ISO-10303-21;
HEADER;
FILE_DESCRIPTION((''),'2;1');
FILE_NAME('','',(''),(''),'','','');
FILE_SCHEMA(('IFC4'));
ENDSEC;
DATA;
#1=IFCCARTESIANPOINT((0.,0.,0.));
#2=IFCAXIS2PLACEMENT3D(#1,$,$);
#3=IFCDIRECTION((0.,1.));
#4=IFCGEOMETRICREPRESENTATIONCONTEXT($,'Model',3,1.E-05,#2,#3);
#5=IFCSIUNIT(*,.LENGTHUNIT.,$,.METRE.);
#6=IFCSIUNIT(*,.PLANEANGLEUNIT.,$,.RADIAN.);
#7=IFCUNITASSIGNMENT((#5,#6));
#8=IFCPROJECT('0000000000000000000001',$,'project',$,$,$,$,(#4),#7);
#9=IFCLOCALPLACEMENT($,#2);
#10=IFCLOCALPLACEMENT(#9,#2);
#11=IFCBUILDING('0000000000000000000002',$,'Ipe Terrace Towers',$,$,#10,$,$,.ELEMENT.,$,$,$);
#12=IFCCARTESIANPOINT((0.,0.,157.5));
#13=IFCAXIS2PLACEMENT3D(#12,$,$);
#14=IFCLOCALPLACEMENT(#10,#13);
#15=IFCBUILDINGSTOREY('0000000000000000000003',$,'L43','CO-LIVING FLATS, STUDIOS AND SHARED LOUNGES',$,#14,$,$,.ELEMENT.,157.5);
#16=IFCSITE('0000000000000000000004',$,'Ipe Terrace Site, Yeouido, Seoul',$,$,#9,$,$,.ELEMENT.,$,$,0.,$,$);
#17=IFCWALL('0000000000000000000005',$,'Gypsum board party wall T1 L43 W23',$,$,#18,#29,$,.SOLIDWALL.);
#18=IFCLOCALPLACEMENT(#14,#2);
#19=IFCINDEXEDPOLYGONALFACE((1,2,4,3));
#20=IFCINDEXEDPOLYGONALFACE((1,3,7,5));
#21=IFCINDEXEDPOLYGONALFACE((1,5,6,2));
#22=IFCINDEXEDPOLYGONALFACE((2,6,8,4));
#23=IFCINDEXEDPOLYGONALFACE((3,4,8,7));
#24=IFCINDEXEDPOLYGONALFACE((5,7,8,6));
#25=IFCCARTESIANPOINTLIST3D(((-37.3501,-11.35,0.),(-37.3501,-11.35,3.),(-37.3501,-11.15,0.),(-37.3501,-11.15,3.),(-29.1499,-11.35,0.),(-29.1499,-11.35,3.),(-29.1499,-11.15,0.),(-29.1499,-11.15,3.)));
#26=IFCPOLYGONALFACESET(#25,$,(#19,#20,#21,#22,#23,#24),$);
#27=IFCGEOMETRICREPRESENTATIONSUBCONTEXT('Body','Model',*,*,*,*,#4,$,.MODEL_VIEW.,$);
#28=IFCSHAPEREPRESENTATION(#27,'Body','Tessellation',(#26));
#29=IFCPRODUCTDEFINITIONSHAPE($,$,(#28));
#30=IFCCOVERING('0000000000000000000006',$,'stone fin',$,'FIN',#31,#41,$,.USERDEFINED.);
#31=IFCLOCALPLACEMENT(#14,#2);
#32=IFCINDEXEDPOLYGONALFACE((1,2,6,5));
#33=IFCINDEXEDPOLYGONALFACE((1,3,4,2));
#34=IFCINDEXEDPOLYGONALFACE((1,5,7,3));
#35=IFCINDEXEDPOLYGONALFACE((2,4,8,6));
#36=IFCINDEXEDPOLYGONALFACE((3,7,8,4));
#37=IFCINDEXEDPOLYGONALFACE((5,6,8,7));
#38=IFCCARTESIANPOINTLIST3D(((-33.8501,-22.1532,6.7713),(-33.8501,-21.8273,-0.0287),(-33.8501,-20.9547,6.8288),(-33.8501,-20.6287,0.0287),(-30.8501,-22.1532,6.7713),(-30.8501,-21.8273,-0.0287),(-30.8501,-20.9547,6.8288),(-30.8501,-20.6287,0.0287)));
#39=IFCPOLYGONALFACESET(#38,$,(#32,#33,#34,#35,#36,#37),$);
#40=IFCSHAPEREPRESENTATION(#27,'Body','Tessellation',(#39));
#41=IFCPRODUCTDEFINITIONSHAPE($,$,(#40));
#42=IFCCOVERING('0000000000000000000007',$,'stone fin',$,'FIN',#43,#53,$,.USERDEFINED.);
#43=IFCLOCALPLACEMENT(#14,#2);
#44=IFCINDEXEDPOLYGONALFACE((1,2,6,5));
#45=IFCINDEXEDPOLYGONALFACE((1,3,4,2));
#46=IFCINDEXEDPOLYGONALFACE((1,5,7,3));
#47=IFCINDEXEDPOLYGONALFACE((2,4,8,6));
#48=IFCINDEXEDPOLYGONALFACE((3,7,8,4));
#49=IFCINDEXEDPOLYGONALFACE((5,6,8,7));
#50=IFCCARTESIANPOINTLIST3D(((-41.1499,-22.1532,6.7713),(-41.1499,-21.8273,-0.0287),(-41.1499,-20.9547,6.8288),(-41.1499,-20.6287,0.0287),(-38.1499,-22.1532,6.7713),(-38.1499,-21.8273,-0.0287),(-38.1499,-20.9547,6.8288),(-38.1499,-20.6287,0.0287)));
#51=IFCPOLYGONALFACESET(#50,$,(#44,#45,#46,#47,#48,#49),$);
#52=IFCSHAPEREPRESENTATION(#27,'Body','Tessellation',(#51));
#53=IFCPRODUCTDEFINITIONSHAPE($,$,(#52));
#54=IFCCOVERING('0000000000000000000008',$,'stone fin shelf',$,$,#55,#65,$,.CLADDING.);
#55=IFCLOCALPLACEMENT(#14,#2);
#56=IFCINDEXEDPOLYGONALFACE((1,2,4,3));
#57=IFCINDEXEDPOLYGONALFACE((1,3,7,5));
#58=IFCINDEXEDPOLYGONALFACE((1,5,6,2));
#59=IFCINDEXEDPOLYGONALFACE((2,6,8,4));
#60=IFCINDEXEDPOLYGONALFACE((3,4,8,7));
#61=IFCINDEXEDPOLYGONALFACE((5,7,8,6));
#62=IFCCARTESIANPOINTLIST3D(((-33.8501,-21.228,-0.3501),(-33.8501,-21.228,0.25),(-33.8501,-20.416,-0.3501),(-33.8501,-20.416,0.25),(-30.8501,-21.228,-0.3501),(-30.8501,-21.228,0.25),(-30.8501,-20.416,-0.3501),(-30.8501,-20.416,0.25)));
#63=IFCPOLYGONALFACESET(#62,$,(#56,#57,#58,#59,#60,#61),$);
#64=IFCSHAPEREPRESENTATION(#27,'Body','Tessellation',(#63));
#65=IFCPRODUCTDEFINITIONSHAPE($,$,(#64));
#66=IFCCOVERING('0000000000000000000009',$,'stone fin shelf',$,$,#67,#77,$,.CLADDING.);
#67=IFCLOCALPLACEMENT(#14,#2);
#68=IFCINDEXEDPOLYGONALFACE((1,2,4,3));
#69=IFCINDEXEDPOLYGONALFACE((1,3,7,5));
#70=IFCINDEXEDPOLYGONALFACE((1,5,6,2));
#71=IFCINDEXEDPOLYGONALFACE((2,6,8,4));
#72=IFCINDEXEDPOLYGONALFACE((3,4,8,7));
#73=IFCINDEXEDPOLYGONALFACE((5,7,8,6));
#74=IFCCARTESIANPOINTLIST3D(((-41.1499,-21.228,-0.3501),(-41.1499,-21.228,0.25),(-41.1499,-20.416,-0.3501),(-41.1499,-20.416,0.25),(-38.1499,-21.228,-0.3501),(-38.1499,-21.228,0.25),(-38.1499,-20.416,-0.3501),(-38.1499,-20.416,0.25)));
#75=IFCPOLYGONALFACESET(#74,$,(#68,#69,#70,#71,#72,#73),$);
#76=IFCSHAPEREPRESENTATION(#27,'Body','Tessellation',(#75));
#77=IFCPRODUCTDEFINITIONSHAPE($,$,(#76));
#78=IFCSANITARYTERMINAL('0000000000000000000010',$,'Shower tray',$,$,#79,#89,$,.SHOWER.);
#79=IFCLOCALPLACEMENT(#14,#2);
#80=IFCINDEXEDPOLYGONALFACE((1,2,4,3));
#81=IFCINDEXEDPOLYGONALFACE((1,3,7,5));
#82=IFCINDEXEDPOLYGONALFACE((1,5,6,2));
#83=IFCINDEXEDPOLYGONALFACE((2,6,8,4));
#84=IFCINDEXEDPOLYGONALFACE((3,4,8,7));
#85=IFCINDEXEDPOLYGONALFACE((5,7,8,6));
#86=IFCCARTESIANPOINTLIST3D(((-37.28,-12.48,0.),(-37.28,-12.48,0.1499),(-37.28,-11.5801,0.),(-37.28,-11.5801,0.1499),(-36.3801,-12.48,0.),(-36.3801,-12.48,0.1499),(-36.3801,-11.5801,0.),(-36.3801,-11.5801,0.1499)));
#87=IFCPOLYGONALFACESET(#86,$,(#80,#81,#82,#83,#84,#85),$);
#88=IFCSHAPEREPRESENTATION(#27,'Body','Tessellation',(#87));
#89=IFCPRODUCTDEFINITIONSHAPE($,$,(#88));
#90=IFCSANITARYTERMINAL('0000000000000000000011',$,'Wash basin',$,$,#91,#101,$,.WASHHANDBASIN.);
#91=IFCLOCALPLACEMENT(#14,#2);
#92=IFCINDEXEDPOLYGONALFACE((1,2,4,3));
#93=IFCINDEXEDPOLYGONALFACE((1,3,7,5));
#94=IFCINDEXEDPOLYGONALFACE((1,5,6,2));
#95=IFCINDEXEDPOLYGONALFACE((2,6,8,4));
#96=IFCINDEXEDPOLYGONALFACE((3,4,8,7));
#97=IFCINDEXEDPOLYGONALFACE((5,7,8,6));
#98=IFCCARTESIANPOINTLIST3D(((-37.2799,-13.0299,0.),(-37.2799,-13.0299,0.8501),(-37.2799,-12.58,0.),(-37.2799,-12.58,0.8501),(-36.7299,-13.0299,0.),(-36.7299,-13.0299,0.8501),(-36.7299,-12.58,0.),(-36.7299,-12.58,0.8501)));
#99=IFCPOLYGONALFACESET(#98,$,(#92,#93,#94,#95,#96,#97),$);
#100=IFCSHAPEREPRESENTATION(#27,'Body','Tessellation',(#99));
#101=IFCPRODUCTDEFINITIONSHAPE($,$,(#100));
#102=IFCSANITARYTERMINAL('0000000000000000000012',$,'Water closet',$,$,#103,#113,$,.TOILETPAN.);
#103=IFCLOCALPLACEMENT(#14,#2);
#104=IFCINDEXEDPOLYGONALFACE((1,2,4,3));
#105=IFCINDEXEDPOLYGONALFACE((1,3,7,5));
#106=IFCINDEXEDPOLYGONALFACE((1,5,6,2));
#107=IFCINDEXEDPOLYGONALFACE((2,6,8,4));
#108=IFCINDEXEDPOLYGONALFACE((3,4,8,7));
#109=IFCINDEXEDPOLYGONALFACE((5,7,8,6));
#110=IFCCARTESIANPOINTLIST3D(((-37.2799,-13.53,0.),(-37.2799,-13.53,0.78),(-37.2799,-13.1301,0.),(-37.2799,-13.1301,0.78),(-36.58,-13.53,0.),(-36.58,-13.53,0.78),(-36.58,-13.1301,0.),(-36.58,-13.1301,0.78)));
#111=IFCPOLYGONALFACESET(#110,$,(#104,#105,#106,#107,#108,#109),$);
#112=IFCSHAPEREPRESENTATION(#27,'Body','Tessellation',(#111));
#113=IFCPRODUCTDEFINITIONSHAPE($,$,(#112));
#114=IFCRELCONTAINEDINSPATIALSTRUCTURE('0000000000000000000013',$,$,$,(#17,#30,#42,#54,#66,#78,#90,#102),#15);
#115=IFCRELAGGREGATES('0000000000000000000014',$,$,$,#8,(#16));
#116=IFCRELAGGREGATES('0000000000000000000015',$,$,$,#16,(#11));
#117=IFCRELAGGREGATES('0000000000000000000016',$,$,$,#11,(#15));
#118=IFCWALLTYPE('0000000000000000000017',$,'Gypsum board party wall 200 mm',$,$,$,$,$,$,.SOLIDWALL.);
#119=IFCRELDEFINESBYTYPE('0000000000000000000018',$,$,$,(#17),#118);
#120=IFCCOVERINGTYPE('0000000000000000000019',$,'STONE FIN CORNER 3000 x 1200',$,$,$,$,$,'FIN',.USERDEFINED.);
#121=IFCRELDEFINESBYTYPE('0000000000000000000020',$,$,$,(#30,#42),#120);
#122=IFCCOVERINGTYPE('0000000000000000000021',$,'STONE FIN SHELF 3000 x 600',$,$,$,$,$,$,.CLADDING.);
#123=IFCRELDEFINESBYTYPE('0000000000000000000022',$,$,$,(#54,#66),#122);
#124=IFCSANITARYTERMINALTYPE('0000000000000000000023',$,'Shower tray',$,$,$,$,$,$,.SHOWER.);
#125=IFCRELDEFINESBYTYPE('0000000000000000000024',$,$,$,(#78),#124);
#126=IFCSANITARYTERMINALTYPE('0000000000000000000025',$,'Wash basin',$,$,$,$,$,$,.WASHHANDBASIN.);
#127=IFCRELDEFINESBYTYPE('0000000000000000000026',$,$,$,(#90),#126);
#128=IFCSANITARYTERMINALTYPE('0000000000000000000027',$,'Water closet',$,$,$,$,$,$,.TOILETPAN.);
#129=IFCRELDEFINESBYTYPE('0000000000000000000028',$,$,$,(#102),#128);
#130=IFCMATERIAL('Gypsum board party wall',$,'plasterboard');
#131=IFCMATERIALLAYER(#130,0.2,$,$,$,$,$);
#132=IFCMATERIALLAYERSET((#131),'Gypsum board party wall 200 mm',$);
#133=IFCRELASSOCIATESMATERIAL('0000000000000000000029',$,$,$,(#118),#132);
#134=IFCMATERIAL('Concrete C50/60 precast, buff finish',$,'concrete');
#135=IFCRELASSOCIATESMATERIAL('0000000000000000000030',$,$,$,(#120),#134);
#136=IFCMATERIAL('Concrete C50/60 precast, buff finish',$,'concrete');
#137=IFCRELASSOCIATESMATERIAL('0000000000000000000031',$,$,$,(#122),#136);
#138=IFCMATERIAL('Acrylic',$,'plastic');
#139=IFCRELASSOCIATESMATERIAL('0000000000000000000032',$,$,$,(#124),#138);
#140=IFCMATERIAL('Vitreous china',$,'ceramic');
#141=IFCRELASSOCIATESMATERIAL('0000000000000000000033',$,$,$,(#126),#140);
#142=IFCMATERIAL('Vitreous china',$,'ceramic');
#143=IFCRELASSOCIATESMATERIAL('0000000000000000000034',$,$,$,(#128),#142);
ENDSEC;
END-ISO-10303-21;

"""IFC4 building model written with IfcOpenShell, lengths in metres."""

from ifc_helpers import new_model, si_unit, direction, frame, frame_2d, origin, origin_2d, place, context, subcontext, project, spatial, rectangle, extrude, material, layer, layer_set, material_profile, profile_set, type_object, element, save


model = new_model("IFC4")

# Units and contexts
model_context = context("Model", 3, precision=1e-05, world=origin(), true_north=direction((0.0, 1.0)))
body_context = subcontext(model_context, "Body", "Model", "MODEL_VIEW")
ifc_project = project(units=[si_unit("LENGTHUNIT", "METRE"), si_unit("PLANEANGLEUNIT", "RADIAN")], contexts=[model_context])

# Site, building, storey
site_placement = place(None, origin())
site = spatial("IfcSite", under=ifc_project, at=site_placement, Name="Ipe Terrace Site, Yeouido, Seoul", CompositionType="ELEMENT", RefElevation=0.0)
building_placement = place(site_placement, origin())
building = spatial("IfcBuilding", under=site, at=building_placement, Name="Ipe Terrace Towers", CompositionType="ELEMENT")
storey_placement = place(building_placement, frame((0.0, 0.0, 157.5)))
storey = spatial("IfcBuildingStorey", under=building, at=storey_placement, Name="L43", Description="CO-LIVING FLATS, STUDIOS AND SHARED LOUNGES", CompositionType="ELEMENT", Elevation=157.5)

# Shared definitions
ifc_material_1 = material(Name="Gypsum board party wall", Category="plasterboard")
ifc_layer_1 = layer(ifc_material_1, 0.2)
ifc_layer_set_1 = layer_set([ifc_layer_1], Name="Gypsum board party wall 200 mm")
wall_type_1 = type_object("IfcWallType", Name="Gypsum board party wall 200 mm", PredefinedType="SOLIDWALL", material=ifc_layer_set_1)

# Wall
wall_1_placement = place(storey_placement, frame((-37.3501, -11.25, 0.0), z_axis=(0.0, 0.0, 1.0), x_axis=(1.0, 0.0, 0.0)))
element("IfcWall", 1, at=wall_1_placement, inside=storey, type_object=wall_type_1, Name="Gypsum board party wall T1 L43 W23", PredefinedType="SOLIDWALL", context=body_context, shape_type="SweptSolid", body=[
    extrude(rectangle(XDim=8.2002, YDim=0.2, at=frame_2d((4.1001, 0.0))), origin(), (0.0, 0.0, 1.0), 3.0),
])

# Coverings
ifc_material_2 = material(Name="Concrete C50/60 precast, buff finish", Category="concrete")
ifc_material_profile_1 = material_profile(ifc_material_2, rectangle(XDim=3.0, YDim=1.2, at=origin_2d()), Name="STONE FIN CORNER 3000 x 1200")
ifc_profile_set_1 = profile_set([ifc_material_profile_1], Name="Concrete C50/60 precast, buff finish")
covering_type_1 = type_object("IfcCoveringType", Name="STONE FIN CORNER 3000 x 1200", ElementType="FIN", PredefinedType="USERDEFINED", material=ifc_profile_set_1)
for number, where, z_axis, x_axis, name in (
    (2, (-32.3501, -21.228, 0.0), (0.0, -0.047875, 0.998853), (1.0, 0.0, 0.0), "stone fin"),
    (3, (-39.6499, -21.228, 0.0), (0.0, -0.047875, 0.998853), (1.0, 0.0, 0.0), "stone fin"),
):
    element("IfcCovering", number, at=place(storey_placement, frame(where, z_axis=z_axis, x_axis=x_axis)), inside=storey, type_object=covering_type_1, Name=name, ObjectType="FIN", PredefinedType="USERDEFINED", context=body_context, shape_type="SweptSolid", body=[
        extrude(rectangle(XDim=3.0, YDim=1.2, at=origin_2d()), origin(), (0.0, 0.0, 1.0), 6.8079),
    ])
ifc_material_3 = material(Name="Concrete C50/60 precast, buff finish", Category="concrete")
covering_type_2 = type_object("IfcCoveringType", Name="STONE FIN SHELF 3000 x 600", PredefinedType="CLADDING", material=ifc_material_3)
for number, where, z_axis, x_axis, name in (
    (4, (-32.3501, -20.822, -0.3501), (0.0, 0.0, 1.0), (1.0, 0.0, 0.0), "stone fin shelf"),
    (5, (-39.6499, -20.822, -0.3501), (0.0, 0.0, 1.0), (1.0, 0.0, 0.0), "stone fin shelf"),
):
    element("IfcCovering", number, at=place(storey_placement, frame(where, z_axis=z_axis, x_axis=x_axis)), inside=storey, type_object=covering_type_2, Name=name, PredefinedType="CLADDING", context=body_context, shape_type="SweptSolid", body=[
        extrude(rectangle(XDim=3.0, YDim=0.812, at=origin_2d()), origin(), (0.0, 0.0, 1.0), 0.6001),
    ])

# Sanitary terminals
ifc_material_4 = material(Name="Acrylic", Category="plastic")
sanitary_terminal_type_1 = type_object("IfcSanitaryTerminalType", Name="Shower tray", PredefinedType="SHOWER", material=ifc_material_4)
sanitary_terminal_1_placement = place(storey_placement, frame((-36.8301, -12.03, 0.0), z_axis=(0.0, 0.0, 1.0), x_axis=(1.0, 0.0, 0.0)))
element("IfcSanitaryTerminal", 6, at=sanitary_terminal_1_placement, inside=storey, type_object=sanitary_terminal_type_1, Name="Shower tray", PredefinedType="SHOWER", context=body_context, shape_type="SweptSolid", body=[
    extrude(rectangle(XDim=0.8999, YDim=0.8999, at=origin_2d()), origin(), (0.0, 0.0, 1.0), 0.1499),
])
ifc_material_5 = material(Name="Vitreous china", Category="ceramic")
sanitary_terminal_type_2 = type_object("IfcSanitaryTerminalType", Name="Wash basin", PredefinedType="WASHHANDBASIN", material=ifc_material_5)
sanitary_terminal_2_placement = place(storey_placement, frame((-37.0049, -12.8049, 0.0), z_axis=(0.0, 0.0, 1.0), x_axis=(1.0, 0.0, 0.0)))
element("IfcSanitaryTerminal", 7, at=sanitary_terminal_2_placement, inside=storey, type_object=sanitary_terminal_type_2, Name="Wash basin", PredefinedType="WASHHANDBASIN", context=body_context, shape_type="SweptSolid", body=[
    extrude(rectangle(XDim=0.55, YDim=0.45, at=origin_2d()), origin(), (0.0, 0.0, 1.0), 0.8501),
])
ifc_material_6 = material(Name="Vitreous china", Category="ceramic")
sanitary_terminal_type_3 = type_object("IfcSanitaryTerminalType", Name="Water closet", PredefinedType="TOILETPAN", material=ifc_material_6)
sanitary_terminal_3_placement = place(storey_placement, frame((-36.9299, -13.3301, 0.0), z_axis=(0.0, 0.0, 1.0), x_axis=(1.0, 0.0, 0.0)))
element("IfcSanitaryTerminal", 8, at=sanitary_terminal_3_placement, inside=storey, type_object=sanitary_terminal_type_3, Name="Water closet", PredefinedType="TOILETPAN", context=body_context, shape_type="SweptSolid", body=[
    extrude(rectangle(XDim=0.7, YDim=0.3999, at=origin_2d()), origin(), (0.0, 0.0, 1.0), 0.78),
])

save(model, "model.ifc")
